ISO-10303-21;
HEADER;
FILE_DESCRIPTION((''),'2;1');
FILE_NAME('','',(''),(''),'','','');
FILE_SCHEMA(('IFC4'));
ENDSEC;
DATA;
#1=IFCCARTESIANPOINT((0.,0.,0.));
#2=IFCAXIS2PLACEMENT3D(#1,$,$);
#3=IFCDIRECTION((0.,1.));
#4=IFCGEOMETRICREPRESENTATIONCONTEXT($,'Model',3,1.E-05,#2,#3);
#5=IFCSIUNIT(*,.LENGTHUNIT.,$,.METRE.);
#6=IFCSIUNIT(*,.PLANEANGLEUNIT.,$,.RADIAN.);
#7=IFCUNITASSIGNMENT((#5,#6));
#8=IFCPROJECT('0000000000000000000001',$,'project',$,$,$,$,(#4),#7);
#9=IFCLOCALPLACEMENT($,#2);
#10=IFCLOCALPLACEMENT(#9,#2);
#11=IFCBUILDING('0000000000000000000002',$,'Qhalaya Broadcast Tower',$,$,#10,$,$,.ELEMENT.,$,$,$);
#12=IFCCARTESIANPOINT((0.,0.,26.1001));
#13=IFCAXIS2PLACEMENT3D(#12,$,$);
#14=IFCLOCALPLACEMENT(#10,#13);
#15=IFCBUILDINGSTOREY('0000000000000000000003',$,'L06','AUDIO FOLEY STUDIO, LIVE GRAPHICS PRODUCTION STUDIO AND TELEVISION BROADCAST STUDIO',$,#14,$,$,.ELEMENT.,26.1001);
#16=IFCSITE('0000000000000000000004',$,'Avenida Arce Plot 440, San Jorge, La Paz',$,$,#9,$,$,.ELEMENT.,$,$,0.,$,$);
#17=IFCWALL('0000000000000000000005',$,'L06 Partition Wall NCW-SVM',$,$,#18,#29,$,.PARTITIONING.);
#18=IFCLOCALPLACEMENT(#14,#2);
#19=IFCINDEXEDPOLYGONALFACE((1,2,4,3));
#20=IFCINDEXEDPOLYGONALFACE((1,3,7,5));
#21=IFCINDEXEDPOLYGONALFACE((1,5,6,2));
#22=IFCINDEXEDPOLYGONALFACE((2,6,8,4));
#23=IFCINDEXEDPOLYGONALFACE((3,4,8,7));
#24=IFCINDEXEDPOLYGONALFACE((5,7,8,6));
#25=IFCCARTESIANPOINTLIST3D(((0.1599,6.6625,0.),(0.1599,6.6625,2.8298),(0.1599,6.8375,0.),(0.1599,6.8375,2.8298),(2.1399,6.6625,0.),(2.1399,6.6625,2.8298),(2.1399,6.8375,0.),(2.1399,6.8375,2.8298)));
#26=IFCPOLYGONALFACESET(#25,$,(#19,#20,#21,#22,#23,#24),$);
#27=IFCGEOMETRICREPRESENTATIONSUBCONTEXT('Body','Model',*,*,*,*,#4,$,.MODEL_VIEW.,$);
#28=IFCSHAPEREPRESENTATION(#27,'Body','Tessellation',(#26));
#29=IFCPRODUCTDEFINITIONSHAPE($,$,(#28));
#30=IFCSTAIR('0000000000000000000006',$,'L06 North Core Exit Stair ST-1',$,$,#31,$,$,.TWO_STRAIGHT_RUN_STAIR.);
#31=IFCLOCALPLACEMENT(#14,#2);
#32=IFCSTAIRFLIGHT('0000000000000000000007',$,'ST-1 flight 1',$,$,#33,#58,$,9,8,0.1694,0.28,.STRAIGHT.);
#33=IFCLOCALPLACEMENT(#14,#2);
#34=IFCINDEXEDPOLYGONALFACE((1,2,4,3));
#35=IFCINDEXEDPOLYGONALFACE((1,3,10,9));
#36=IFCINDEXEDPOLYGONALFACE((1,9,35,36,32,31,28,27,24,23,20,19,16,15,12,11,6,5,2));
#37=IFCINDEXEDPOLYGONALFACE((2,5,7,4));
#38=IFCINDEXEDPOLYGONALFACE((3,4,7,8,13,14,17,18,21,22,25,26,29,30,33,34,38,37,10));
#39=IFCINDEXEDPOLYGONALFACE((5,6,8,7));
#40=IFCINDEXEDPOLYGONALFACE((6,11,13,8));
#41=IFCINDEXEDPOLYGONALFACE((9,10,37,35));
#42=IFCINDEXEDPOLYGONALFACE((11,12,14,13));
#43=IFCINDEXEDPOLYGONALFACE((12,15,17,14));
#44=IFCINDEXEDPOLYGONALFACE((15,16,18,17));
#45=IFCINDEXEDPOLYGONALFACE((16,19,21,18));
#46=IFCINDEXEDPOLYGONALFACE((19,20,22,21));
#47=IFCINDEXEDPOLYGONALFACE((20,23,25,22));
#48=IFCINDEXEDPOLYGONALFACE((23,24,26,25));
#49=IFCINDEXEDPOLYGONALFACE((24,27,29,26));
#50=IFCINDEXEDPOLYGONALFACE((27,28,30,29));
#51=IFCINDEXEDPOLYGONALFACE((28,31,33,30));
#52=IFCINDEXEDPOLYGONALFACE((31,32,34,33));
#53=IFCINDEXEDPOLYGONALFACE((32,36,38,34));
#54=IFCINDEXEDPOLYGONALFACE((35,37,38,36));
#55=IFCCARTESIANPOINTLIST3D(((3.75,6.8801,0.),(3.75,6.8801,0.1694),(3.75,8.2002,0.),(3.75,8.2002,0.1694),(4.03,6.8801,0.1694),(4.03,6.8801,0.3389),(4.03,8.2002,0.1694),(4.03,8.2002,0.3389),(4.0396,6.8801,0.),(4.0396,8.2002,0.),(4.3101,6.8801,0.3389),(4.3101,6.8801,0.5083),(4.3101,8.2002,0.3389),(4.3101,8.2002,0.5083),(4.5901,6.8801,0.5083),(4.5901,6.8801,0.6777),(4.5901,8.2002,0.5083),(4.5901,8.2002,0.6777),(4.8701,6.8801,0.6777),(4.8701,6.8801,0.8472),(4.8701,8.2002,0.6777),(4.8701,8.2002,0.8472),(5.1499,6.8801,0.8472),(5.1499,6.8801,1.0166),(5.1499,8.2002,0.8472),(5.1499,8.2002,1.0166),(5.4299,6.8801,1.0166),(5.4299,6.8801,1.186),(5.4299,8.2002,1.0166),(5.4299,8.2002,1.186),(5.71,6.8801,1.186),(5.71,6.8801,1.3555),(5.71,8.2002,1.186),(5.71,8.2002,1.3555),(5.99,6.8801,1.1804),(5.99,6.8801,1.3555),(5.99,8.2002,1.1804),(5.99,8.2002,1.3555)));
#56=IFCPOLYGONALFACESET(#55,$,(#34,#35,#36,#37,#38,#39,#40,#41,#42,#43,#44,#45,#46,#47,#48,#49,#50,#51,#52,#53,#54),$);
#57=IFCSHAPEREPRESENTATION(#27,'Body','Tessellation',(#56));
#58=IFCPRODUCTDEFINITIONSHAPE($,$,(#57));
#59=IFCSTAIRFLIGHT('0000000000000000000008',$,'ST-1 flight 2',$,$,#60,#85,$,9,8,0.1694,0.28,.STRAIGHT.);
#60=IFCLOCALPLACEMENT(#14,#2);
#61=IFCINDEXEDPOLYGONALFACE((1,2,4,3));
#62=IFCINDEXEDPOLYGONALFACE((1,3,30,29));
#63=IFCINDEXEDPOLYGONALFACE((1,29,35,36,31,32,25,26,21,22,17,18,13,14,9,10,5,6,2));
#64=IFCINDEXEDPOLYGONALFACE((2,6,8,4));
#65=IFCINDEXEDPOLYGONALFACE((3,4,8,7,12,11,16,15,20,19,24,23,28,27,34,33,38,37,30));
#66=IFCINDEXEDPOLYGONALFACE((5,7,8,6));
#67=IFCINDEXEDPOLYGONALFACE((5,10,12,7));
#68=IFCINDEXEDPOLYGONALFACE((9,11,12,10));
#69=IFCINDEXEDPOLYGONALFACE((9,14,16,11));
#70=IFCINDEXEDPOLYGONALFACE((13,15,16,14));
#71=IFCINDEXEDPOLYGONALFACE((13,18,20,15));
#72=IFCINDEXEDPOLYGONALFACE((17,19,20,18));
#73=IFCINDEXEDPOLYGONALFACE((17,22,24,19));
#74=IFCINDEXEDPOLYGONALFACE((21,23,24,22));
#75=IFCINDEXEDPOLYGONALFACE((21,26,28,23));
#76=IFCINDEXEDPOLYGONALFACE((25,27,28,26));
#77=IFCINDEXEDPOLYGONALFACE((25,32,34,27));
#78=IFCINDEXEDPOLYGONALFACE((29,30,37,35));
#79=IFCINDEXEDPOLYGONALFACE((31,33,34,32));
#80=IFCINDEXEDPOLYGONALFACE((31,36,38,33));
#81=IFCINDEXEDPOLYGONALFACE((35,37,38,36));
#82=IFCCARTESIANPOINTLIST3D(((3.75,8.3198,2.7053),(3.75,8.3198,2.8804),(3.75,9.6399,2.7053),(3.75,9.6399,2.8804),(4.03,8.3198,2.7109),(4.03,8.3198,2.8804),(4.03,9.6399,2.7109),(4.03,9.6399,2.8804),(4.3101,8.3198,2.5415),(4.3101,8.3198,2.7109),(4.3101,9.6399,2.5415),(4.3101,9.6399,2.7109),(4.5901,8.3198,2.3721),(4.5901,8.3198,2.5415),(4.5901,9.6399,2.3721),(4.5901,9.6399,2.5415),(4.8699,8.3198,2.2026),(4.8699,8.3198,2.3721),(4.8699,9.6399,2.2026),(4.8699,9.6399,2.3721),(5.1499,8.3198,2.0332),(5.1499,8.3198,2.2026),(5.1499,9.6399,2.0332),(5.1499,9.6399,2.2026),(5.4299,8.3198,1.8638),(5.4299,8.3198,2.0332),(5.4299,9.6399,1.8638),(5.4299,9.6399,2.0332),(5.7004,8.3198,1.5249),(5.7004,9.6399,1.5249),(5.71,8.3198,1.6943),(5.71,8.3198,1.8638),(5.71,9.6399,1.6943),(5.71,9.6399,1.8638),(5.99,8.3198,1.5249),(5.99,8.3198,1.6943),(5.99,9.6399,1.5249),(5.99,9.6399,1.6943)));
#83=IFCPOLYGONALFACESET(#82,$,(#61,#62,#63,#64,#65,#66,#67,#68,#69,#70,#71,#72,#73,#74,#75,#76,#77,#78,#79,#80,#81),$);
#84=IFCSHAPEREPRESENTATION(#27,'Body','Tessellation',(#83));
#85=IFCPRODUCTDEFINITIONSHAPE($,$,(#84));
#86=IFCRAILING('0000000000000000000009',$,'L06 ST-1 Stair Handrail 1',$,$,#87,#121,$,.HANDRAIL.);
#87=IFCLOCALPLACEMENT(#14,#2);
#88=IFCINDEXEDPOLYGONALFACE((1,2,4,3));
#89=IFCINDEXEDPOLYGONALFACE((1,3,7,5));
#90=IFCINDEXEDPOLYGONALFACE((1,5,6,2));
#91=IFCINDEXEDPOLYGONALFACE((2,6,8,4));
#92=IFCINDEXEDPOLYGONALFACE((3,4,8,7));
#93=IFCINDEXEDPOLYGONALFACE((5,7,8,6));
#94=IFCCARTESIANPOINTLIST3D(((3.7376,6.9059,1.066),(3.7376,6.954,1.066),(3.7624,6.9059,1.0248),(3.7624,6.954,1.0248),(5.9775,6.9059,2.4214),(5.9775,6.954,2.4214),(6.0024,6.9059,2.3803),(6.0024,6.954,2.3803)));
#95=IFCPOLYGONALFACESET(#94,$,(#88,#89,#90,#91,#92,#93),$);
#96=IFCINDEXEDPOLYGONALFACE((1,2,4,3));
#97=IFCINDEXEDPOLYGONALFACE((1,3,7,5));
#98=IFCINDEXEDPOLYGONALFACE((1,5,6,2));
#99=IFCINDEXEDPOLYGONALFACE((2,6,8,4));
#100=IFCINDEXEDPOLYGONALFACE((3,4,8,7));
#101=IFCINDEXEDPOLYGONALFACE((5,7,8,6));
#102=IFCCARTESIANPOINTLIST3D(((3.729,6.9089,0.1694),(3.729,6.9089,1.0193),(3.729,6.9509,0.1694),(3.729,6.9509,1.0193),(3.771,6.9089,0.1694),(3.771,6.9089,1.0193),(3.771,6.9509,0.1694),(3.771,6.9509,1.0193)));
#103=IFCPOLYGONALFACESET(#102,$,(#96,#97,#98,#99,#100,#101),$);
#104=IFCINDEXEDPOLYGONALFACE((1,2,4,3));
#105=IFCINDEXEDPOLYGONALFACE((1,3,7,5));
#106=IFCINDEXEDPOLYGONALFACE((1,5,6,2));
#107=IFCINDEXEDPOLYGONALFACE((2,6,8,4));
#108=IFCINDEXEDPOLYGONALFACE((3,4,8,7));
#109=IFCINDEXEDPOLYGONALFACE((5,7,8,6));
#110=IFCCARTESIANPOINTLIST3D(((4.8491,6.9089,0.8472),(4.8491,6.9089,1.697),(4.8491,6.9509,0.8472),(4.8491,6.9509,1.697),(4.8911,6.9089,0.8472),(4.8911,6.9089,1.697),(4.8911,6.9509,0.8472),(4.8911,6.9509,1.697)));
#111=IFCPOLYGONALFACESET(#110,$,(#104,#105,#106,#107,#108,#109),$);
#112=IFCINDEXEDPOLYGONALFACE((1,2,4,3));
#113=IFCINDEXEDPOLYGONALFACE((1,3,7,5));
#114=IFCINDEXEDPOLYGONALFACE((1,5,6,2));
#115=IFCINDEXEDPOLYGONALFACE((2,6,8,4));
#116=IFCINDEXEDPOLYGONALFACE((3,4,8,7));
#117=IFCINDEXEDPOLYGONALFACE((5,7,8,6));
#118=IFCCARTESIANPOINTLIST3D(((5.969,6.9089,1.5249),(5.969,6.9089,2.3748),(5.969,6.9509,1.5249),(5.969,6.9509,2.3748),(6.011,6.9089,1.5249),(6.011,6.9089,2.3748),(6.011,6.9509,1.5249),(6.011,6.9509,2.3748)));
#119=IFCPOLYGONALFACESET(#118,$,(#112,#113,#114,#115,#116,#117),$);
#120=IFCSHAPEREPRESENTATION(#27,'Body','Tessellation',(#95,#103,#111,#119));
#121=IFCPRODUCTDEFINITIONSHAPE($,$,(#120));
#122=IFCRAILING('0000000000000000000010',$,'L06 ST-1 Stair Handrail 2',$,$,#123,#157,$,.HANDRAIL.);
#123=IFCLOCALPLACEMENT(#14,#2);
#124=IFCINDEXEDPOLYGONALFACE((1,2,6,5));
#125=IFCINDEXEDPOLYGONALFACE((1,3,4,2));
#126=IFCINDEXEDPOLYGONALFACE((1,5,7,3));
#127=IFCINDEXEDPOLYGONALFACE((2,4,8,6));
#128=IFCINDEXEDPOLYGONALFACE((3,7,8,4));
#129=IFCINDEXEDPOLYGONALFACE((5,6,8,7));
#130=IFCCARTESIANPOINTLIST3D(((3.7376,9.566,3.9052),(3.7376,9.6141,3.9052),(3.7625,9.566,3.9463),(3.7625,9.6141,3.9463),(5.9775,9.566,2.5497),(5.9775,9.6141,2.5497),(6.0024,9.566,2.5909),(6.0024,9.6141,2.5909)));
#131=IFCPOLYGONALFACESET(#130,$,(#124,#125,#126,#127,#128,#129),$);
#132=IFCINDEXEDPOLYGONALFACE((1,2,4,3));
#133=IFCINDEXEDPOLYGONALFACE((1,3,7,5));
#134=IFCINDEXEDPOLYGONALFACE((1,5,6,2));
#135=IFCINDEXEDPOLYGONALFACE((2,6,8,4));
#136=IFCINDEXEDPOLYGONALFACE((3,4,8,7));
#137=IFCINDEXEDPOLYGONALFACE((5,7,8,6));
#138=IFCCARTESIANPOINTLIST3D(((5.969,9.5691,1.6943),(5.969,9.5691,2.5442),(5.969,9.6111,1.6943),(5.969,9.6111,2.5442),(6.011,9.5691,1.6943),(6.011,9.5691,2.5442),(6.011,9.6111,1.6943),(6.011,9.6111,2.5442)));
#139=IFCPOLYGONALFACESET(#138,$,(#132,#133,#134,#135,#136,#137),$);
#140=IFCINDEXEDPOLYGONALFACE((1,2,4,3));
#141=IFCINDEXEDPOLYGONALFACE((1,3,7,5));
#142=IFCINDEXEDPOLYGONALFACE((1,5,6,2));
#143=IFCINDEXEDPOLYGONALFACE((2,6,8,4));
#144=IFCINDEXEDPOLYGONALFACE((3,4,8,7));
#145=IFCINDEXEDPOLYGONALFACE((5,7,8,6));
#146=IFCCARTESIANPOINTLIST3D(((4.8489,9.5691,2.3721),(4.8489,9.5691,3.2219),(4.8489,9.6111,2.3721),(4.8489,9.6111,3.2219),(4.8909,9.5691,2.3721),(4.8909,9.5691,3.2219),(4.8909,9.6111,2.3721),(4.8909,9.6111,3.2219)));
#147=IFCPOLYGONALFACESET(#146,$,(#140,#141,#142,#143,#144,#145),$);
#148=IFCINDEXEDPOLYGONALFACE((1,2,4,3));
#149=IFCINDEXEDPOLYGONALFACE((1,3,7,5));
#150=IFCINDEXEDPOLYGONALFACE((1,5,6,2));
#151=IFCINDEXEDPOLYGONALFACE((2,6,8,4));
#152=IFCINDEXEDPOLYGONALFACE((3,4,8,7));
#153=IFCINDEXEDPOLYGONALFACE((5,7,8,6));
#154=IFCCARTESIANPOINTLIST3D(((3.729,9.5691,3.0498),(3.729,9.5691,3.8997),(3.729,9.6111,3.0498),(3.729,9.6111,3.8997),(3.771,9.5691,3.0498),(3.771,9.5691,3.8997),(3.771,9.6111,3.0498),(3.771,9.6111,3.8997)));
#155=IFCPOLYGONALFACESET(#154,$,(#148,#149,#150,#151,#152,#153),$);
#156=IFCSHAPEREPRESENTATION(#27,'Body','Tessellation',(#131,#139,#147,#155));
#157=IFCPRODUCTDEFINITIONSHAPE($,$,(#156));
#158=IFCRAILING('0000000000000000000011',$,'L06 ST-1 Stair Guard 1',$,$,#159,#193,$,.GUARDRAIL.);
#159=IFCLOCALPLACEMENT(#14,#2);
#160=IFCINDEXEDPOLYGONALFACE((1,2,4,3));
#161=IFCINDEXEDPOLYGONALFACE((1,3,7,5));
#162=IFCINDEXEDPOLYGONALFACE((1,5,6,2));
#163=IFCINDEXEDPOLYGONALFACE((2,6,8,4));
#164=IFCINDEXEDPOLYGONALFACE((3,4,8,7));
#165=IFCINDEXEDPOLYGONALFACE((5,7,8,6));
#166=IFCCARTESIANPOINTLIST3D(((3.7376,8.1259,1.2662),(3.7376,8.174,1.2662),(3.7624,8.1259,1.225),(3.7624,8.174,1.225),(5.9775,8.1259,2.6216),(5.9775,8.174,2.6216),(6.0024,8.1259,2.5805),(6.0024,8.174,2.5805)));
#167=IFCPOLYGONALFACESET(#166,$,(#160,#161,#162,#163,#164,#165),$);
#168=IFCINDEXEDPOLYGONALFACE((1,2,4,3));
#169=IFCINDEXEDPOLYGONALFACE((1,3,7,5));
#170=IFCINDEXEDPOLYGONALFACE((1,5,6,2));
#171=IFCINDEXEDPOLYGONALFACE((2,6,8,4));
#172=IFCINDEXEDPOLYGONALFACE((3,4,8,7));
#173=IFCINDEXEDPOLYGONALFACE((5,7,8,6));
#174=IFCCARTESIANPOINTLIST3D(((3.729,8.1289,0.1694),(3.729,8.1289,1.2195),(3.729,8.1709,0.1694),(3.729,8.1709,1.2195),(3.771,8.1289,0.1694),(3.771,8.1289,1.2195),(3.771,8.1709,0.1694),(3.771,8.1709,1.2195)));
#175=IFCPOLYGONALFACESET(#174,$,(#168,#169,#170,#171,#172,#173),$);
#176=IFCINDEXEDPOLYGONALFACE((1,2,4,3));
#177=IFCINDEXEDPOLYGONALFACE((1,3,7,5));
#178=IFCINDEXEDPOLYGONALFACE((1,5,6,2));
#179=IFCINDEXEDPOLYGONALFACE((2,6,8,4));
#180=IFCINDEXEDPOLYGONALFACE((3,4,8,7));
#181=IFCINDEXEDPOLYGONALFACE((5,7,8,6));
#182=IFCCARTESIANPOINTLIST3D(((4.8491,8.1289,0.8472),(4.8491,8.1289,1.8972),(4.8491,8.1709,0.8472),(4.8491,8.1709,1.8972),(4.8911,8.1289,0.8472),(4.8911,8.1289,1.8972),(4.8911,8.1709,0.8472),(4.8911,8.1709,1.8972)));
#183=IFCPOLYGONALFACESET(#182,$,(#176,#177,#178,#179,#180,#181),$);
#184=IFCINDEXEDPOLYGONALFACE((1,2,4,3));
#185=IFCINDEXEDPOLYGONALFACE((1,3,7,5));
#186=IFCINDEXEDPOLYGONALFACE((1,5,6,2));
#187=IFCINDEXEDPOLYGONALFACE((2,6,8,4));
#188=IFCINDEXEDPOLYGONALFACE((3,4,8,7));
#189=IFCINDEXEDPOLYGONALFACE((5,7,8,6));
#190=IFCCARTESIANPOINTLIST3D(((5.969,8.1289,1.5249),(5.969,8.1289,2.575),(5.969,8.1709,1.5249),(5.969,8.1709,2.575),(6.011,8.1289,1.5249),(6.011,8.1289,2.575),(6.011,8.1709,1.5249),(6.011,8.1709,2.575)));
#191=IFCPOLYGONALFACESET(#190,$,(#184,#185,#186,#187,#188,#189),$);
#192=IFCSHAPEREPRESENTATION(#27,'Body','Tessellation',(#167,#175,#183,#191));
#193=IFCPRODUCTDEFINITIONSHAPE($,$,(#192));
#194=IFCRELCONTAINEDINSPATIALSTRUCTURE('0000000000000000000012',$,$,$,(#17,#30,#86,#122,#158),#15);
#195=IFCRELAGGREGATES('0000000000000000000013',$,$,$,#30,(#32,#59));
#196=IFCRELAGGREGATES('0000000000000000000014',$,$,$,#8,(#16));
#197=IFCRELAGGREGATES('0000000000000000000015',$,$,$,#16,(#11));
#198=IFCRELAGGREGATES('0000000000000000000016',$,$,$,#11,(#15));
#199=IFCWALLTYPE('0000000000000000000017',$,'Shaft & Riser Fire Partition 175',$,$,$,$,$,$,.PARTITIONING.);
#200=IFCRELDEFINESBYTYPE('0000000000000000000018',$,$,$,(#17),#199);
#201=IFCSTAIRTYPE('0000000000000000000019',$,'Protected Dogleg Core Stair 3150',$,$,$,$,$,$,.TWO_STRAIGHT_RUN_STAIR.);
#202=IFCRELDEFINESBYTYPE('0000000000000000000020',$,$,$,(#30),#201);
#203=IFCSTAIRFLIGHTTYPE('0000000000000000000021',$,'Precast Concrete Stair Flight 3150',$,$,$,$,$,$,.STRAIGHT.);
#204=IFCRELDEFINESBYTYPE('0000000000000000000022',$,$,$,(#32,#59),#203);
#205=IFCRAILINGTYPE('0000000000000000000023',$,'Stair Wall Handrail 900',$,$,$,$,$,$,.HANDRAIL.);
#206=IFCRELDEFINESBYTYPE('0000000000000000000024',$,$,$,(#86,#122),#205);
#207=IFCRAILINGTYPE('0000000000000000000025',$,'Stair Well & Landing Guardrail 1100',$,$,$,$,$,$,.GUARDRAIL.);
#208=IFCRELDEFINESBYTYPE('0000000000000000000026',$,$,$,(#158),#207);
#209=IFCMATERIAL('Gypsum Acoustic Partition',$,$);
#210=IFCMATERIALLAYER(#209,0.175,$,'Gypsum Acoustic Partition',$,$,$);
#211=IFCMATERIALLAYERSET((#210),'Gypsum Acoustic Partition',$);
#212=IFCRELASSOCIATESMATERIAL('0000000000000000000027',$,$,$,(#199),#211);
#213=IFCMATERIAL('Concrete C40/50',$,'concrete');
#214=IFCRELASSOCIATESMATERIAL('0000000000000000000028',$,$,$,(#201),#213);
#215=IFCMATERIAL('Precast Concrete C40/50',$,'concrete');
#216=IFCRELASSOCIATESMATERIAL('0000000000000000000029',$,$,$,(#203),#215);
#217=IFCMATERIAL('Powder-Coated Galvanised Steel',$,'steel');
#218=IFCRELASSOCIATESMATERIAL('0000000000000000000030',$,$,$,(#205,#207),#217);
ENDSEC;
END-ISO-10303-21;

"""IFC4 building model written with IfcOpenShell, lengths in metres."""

from ifc_helpers import new_model, si_unit, direction, frame, frame_2d, origin, origin_2d, place, context, subcontext, project, spatial, polyline, rectangle, outline, extrude, material, layer, layer_set, type_object, element, aggregate, save


model = new_model("IFC4")

# Units and contexts
model_context = context("Model", 3, precision=1e-05, world=origin(), true_north=direction((0.0, 1.0)))
body_context = subcontext(model_context, "Body", "Model", "MODEL_VIEW")
ifc_project = project(units=[si_unit("LENGTHUNIT", "METRE"), si_unit("PLANEANGLEUNIT", "RADIAN")], contexts=[model_context])

# Site, building, storey
site_placement = place(None, origin())
site = spatial("IfcSite", under=ifc_project, at=site_placement, Name="Avenida Arce Plot 440, San Jorge, La Paz", CompositionType="ELEMENT", RefElevation=0.0)
building_placement = place(site_placement, origin())
building = spatial("IfcBuilding", under=site, at=building_placement, Name="Qhalaya Broadcast Tower", CompositionType="ELEMENT")
storey_placement = place(building_placement, frame((0.0, 0.0, 26.1001)))
storey = spatial("IfcBuildingStorey", under=building, at=storey_placement, Name="L06", Description="AUDIO FOLEY STUDIO, LIVE GRAPHICS PRODUCTION STUDIO AND TELEVISION BROADCAST STUDIO", CompositionType="ELEMENT", Elevation=26.1001)

# Shared definitions
ifc_material_1 = material(Name="Gypsum Acoustic Partition")

# Shared definitions
ifc_layer_1 = layer(ifc_material_1, 0.175, Name="Gypsum Acoustic Partition")
ifc_layer_set_1 = layer_set([ifc_layer_1], Name="Gypsum Acoustic Partition")
wall_type_1 = type_object("IfcWallType", Name="Shaft & Riser Fire Partition 175", PredefinedType="PARTITIONING", material=ifc_layer_set_1)

# Wall
wall_1_placement = place(storey_placement, frame((0.1599, 6.75, 0.0), z_axis=(0.0, 0.0, 1.0), x_axis=(1.0, 0.0, 0.0)))
element("IfcWall", 1, at=wall_1_placement, inside=storey, type_object=wall_type_1, Name="L06 Partition Wall NCW-SVM", PredefinedType="PARTITIONING", context=body_context, shape_type="SweptSolid", body=[
    extrude(rectangle(XDim=1.98, YDim=0.175, at=frame_2d((0.99, 0.0))), origin(), (0.0, 0.0, 1.0), 2.8298),
])

# Stair, stair flights
ifc_material_2 = material(Name="Concrete C40/50", Category="concrete")
stair_type = type_object("IfcStairType", Name="Protected Dogleg Core Stair 3150", PredefinedType="TWO_STRAIGHT_RUN_STAIR", material=ifc_material_2)
stair_placement = place(storey_placement, origin())
stair = element("IfcStair", 2, at=stair_placement, inside=storey, type_object=stair_type, Name="L06 North Core Exit Stair ST-1", PredefinedType="TWO_STRAIGHT_RUN_STAIR")
ifc_material_3 = material(Name="Precast Concrete C40/50", Category="concrete")
stair_flight_type = type_object("IfcStairFlightType", Name="Precast Concrete Stair Flight 3150", PredefinedType="STRAIGHT", material=ifc_material_3)
stair_flight_1_placement = place(storey_placement, frame((3.75, 7.54, 0.0), z_axis=(0.0, 0.0, 1.0), x_axis=(1.0, 0.0, 0.0)))
stair_flight_1 = element("IfcStairFlight", 3, at=stair_flight_1_placement, type_object=stair_flight_type, Name="ST-1 flight 1", NumberOfRisers=9, NumberOfTreads=8, PredefinedType="STRAIGHT", RiserHeight=0.1694, TreadLength=0.28, context=body_context, shape_type="SweptSolid", body=[
    extrude(outline(polyline([(0.0, 0.0), (0.0, 0.1694), (0.28, 0.1694), (0.28, 0.3389), (0.5601, 0.3389), (0.5601, 0.5083), (0.8401, 0.5083), (0.8401, 0.6777), (1.1201, 0.6777), (1.1201, 0.8472), (1.3999, 0.8472), (1.3999, 1.0166), (1.6799, 1.0166), (1.6799, 1.186), (1.96, 1.186), (1.96, 1.3555), (2.24, 1.3555), (2.24, 1.5249), (2.24, 1.1804), (0.2896, 0.0), (0.0, 0.0)])), frame((0.0, 0.6602, 0.0), z_axis=(0.0, -1.0, 0.0), x_axis=(1.0, 0.0, 0.0)), (0.0, 0.0, 1.0), 1.3201),
])
stair_flight_2_placement = place(storey_placement, frame((5.99, 8.98, 1.5249), z_axis=(0.0, 0.0, 1.0), x_axis=(-1.0, 0.0, 0.0)))
stair_flight_2 = element("IfcStairFlight", 4, at=stair_flight_2_placement, type_object=stair_flight_type, Name="ST-1 flight 2", NumberOfRisers=9, NumberOfTreads=8, PredefinedType="STRAIGHT", RiserHeight=0.1694, TreadLength=0.28, context=body_context, shape_type="SweptSolid", body=[
    extrude(outline(polyline([(0.0, 0.0), (0.0, 0.1694), (0.28, 0.1694), (0.28, 0.3389), (0.5601, 0.3389), (0.5601, 0.5083), (0.8401, 0.5083), (0.8401, 0.6777), (1.1201, 0.6777), (1.1201, 0.8472), (1.3999, 0.8472), (1.3999, 1.0166), (1.6799, 1.0166), (1.6799, 1.186), (1.96, 1.186), (1.96, 1.3555), (2.24, 1.3555), (2.24, 1.5249), (2.24, 1.1804), (0.2896, 0.0), (0.0, 0.0)])), frame((0.0, 0.6602, 0.0), z_axis=(0.0, -1.0, 0.0), x_axis=(1.0, 0.0, 0.0)), (0.0, 0.0, 1.0), 1.3201),
])
aggregate(stair, [stair_flight_1, stair_flight_2])

# Railings
ifc_material_4 = material(Name="Powder-Coated Galvanised Steel", Category="steel")
railing_type_1 = type_object("IfcRailingType", Name="Stair Wall Handrail 900", PredefinedType="HANDRAIL", material=ifc_material_4)
railing_1_placement = place(storey_placement, frame((3.75, 6.9299, 0.1694)))
element("IfcRailing", 5, at=railing_1_placement, inside=storey, type_object=railing_type_1, Name="L06 ST-1 Stair Handrail 1", PredefinedType="HANDRAIL", context=body_context, shape_type="SweptSolid", body=[
    extrude(rectangle(XDim=0.0481, YDim=0.0481, at=origin_2d()), frame((0.0, 0.0, 0.876), z_axis=(0.855553, 0.0, 0.517715), x_axis=(0.0, 1.0, 0.0)), (0.0, 0.0, 1.0), 2.6182),
    extrude(rectangle(XDim=0.042, YDim=0.042, at=origin_2d()), origin(), (0.0, 0.0, 1.0), 0.8499),
    extrude(rectangle(XDim=0.042, YDim=0.042, at=origin_2d()), frame((1.1201, 0.0, 0.6777)), (0.0, 0.0, 1.0), 0.8499),
    extrude(rectangle(XDim=0.042, YDim=0.042, at=origin_2d()), frame((2.24, 0.0, 1.3555)), (0.0, 0.0, 1.0), 0.8499),
])
railing_2_placement = place(storey_placement, frame((5.99, 9.5901, 1.6943)))
element("IfcRailing", 6, at=railing_2_placement, inside=storey, type_object=railing_type_1, Name="L06 ST-1 Stair Handrail 2", PredefinedType="HANDRAIL", context=body_context, shape_type="SweptSolid", body=[
    extrude(rectangle(XDim=0.0481, YDim=0.0481, at=origin_2d()), frame((0.0, 0.0, 0.876), z_axis=(-0.855553, 0.0, 0.517715), x_axis=(0.0, -1.0, 0.0)), (0.0, 0.0, 1.0), 2.6182),
    extrude(rectangle(XDim=0.042, YDim=0.042, at=origin_2d()), origin(), (0.0, 0.0, 1.0), 0.8499),
    extrude(rectangle(XDim=0.042, YDim=0.042, at=origin_2d()), frame((-1.1201, 0.0, 0.6777)), (0.0, 0.0, 1.0), 0.8499),
    extrude(rectangle(XDim=0.042, YDim=0.042, at=origin_2d()), frame((-2.24, 0.0, 1.3555)), (0.0, 0.0, 1.0), 0.8499),
])
railing_type_2 = type_object("IfcRailingType", Name="Stair Well & Landing Guardrail 1100", PredefinedType="GUARDRAIL", material=ifc_material_4)
railing_3_placement = place(storey_placement, frame((3.75, 8.1499, 0.1694)))
element("IfcRailing", 7, at=railing_3_placement, inside=storey, type_object=railing_type_2, Name="L06 ST-1 Stair Guard 1", PredefinedType="GUARDRAIL", context=body_context, shape_type="SweptSolid", body=[
    extrude(rectangle(XDim=0.0481, YDim=0.0481, at=origin_2d()), frame((0.0, 0.0, 1.0762), z_axis=(0.855553, 0.0, 0.517715), x_axis=(0.0, 1.0, 0.0)), (0.0, 0.0, 1.0), 2.6182),
    extrude(rectangle(XDim=0.042, YDim=0.042, at=origin_2d()), origin(), (0.0, 0.0, 1.0), 1.05),
    extrude(rectangle(XDim=0.042, YDim=0.042, at=origin_2d()), frame((1.1201, 0.0, 0.6777)), (0.0, 0.0, 1.0), 1.05),
    extrude(rectangle(XDim=0.042, YDim=0.042, at=origin_2d()), frame((2.24, 0.0, 1.3555)), (0.0, 0.0, 1.0), 1.05),
])

save(model, "model.ifc")
